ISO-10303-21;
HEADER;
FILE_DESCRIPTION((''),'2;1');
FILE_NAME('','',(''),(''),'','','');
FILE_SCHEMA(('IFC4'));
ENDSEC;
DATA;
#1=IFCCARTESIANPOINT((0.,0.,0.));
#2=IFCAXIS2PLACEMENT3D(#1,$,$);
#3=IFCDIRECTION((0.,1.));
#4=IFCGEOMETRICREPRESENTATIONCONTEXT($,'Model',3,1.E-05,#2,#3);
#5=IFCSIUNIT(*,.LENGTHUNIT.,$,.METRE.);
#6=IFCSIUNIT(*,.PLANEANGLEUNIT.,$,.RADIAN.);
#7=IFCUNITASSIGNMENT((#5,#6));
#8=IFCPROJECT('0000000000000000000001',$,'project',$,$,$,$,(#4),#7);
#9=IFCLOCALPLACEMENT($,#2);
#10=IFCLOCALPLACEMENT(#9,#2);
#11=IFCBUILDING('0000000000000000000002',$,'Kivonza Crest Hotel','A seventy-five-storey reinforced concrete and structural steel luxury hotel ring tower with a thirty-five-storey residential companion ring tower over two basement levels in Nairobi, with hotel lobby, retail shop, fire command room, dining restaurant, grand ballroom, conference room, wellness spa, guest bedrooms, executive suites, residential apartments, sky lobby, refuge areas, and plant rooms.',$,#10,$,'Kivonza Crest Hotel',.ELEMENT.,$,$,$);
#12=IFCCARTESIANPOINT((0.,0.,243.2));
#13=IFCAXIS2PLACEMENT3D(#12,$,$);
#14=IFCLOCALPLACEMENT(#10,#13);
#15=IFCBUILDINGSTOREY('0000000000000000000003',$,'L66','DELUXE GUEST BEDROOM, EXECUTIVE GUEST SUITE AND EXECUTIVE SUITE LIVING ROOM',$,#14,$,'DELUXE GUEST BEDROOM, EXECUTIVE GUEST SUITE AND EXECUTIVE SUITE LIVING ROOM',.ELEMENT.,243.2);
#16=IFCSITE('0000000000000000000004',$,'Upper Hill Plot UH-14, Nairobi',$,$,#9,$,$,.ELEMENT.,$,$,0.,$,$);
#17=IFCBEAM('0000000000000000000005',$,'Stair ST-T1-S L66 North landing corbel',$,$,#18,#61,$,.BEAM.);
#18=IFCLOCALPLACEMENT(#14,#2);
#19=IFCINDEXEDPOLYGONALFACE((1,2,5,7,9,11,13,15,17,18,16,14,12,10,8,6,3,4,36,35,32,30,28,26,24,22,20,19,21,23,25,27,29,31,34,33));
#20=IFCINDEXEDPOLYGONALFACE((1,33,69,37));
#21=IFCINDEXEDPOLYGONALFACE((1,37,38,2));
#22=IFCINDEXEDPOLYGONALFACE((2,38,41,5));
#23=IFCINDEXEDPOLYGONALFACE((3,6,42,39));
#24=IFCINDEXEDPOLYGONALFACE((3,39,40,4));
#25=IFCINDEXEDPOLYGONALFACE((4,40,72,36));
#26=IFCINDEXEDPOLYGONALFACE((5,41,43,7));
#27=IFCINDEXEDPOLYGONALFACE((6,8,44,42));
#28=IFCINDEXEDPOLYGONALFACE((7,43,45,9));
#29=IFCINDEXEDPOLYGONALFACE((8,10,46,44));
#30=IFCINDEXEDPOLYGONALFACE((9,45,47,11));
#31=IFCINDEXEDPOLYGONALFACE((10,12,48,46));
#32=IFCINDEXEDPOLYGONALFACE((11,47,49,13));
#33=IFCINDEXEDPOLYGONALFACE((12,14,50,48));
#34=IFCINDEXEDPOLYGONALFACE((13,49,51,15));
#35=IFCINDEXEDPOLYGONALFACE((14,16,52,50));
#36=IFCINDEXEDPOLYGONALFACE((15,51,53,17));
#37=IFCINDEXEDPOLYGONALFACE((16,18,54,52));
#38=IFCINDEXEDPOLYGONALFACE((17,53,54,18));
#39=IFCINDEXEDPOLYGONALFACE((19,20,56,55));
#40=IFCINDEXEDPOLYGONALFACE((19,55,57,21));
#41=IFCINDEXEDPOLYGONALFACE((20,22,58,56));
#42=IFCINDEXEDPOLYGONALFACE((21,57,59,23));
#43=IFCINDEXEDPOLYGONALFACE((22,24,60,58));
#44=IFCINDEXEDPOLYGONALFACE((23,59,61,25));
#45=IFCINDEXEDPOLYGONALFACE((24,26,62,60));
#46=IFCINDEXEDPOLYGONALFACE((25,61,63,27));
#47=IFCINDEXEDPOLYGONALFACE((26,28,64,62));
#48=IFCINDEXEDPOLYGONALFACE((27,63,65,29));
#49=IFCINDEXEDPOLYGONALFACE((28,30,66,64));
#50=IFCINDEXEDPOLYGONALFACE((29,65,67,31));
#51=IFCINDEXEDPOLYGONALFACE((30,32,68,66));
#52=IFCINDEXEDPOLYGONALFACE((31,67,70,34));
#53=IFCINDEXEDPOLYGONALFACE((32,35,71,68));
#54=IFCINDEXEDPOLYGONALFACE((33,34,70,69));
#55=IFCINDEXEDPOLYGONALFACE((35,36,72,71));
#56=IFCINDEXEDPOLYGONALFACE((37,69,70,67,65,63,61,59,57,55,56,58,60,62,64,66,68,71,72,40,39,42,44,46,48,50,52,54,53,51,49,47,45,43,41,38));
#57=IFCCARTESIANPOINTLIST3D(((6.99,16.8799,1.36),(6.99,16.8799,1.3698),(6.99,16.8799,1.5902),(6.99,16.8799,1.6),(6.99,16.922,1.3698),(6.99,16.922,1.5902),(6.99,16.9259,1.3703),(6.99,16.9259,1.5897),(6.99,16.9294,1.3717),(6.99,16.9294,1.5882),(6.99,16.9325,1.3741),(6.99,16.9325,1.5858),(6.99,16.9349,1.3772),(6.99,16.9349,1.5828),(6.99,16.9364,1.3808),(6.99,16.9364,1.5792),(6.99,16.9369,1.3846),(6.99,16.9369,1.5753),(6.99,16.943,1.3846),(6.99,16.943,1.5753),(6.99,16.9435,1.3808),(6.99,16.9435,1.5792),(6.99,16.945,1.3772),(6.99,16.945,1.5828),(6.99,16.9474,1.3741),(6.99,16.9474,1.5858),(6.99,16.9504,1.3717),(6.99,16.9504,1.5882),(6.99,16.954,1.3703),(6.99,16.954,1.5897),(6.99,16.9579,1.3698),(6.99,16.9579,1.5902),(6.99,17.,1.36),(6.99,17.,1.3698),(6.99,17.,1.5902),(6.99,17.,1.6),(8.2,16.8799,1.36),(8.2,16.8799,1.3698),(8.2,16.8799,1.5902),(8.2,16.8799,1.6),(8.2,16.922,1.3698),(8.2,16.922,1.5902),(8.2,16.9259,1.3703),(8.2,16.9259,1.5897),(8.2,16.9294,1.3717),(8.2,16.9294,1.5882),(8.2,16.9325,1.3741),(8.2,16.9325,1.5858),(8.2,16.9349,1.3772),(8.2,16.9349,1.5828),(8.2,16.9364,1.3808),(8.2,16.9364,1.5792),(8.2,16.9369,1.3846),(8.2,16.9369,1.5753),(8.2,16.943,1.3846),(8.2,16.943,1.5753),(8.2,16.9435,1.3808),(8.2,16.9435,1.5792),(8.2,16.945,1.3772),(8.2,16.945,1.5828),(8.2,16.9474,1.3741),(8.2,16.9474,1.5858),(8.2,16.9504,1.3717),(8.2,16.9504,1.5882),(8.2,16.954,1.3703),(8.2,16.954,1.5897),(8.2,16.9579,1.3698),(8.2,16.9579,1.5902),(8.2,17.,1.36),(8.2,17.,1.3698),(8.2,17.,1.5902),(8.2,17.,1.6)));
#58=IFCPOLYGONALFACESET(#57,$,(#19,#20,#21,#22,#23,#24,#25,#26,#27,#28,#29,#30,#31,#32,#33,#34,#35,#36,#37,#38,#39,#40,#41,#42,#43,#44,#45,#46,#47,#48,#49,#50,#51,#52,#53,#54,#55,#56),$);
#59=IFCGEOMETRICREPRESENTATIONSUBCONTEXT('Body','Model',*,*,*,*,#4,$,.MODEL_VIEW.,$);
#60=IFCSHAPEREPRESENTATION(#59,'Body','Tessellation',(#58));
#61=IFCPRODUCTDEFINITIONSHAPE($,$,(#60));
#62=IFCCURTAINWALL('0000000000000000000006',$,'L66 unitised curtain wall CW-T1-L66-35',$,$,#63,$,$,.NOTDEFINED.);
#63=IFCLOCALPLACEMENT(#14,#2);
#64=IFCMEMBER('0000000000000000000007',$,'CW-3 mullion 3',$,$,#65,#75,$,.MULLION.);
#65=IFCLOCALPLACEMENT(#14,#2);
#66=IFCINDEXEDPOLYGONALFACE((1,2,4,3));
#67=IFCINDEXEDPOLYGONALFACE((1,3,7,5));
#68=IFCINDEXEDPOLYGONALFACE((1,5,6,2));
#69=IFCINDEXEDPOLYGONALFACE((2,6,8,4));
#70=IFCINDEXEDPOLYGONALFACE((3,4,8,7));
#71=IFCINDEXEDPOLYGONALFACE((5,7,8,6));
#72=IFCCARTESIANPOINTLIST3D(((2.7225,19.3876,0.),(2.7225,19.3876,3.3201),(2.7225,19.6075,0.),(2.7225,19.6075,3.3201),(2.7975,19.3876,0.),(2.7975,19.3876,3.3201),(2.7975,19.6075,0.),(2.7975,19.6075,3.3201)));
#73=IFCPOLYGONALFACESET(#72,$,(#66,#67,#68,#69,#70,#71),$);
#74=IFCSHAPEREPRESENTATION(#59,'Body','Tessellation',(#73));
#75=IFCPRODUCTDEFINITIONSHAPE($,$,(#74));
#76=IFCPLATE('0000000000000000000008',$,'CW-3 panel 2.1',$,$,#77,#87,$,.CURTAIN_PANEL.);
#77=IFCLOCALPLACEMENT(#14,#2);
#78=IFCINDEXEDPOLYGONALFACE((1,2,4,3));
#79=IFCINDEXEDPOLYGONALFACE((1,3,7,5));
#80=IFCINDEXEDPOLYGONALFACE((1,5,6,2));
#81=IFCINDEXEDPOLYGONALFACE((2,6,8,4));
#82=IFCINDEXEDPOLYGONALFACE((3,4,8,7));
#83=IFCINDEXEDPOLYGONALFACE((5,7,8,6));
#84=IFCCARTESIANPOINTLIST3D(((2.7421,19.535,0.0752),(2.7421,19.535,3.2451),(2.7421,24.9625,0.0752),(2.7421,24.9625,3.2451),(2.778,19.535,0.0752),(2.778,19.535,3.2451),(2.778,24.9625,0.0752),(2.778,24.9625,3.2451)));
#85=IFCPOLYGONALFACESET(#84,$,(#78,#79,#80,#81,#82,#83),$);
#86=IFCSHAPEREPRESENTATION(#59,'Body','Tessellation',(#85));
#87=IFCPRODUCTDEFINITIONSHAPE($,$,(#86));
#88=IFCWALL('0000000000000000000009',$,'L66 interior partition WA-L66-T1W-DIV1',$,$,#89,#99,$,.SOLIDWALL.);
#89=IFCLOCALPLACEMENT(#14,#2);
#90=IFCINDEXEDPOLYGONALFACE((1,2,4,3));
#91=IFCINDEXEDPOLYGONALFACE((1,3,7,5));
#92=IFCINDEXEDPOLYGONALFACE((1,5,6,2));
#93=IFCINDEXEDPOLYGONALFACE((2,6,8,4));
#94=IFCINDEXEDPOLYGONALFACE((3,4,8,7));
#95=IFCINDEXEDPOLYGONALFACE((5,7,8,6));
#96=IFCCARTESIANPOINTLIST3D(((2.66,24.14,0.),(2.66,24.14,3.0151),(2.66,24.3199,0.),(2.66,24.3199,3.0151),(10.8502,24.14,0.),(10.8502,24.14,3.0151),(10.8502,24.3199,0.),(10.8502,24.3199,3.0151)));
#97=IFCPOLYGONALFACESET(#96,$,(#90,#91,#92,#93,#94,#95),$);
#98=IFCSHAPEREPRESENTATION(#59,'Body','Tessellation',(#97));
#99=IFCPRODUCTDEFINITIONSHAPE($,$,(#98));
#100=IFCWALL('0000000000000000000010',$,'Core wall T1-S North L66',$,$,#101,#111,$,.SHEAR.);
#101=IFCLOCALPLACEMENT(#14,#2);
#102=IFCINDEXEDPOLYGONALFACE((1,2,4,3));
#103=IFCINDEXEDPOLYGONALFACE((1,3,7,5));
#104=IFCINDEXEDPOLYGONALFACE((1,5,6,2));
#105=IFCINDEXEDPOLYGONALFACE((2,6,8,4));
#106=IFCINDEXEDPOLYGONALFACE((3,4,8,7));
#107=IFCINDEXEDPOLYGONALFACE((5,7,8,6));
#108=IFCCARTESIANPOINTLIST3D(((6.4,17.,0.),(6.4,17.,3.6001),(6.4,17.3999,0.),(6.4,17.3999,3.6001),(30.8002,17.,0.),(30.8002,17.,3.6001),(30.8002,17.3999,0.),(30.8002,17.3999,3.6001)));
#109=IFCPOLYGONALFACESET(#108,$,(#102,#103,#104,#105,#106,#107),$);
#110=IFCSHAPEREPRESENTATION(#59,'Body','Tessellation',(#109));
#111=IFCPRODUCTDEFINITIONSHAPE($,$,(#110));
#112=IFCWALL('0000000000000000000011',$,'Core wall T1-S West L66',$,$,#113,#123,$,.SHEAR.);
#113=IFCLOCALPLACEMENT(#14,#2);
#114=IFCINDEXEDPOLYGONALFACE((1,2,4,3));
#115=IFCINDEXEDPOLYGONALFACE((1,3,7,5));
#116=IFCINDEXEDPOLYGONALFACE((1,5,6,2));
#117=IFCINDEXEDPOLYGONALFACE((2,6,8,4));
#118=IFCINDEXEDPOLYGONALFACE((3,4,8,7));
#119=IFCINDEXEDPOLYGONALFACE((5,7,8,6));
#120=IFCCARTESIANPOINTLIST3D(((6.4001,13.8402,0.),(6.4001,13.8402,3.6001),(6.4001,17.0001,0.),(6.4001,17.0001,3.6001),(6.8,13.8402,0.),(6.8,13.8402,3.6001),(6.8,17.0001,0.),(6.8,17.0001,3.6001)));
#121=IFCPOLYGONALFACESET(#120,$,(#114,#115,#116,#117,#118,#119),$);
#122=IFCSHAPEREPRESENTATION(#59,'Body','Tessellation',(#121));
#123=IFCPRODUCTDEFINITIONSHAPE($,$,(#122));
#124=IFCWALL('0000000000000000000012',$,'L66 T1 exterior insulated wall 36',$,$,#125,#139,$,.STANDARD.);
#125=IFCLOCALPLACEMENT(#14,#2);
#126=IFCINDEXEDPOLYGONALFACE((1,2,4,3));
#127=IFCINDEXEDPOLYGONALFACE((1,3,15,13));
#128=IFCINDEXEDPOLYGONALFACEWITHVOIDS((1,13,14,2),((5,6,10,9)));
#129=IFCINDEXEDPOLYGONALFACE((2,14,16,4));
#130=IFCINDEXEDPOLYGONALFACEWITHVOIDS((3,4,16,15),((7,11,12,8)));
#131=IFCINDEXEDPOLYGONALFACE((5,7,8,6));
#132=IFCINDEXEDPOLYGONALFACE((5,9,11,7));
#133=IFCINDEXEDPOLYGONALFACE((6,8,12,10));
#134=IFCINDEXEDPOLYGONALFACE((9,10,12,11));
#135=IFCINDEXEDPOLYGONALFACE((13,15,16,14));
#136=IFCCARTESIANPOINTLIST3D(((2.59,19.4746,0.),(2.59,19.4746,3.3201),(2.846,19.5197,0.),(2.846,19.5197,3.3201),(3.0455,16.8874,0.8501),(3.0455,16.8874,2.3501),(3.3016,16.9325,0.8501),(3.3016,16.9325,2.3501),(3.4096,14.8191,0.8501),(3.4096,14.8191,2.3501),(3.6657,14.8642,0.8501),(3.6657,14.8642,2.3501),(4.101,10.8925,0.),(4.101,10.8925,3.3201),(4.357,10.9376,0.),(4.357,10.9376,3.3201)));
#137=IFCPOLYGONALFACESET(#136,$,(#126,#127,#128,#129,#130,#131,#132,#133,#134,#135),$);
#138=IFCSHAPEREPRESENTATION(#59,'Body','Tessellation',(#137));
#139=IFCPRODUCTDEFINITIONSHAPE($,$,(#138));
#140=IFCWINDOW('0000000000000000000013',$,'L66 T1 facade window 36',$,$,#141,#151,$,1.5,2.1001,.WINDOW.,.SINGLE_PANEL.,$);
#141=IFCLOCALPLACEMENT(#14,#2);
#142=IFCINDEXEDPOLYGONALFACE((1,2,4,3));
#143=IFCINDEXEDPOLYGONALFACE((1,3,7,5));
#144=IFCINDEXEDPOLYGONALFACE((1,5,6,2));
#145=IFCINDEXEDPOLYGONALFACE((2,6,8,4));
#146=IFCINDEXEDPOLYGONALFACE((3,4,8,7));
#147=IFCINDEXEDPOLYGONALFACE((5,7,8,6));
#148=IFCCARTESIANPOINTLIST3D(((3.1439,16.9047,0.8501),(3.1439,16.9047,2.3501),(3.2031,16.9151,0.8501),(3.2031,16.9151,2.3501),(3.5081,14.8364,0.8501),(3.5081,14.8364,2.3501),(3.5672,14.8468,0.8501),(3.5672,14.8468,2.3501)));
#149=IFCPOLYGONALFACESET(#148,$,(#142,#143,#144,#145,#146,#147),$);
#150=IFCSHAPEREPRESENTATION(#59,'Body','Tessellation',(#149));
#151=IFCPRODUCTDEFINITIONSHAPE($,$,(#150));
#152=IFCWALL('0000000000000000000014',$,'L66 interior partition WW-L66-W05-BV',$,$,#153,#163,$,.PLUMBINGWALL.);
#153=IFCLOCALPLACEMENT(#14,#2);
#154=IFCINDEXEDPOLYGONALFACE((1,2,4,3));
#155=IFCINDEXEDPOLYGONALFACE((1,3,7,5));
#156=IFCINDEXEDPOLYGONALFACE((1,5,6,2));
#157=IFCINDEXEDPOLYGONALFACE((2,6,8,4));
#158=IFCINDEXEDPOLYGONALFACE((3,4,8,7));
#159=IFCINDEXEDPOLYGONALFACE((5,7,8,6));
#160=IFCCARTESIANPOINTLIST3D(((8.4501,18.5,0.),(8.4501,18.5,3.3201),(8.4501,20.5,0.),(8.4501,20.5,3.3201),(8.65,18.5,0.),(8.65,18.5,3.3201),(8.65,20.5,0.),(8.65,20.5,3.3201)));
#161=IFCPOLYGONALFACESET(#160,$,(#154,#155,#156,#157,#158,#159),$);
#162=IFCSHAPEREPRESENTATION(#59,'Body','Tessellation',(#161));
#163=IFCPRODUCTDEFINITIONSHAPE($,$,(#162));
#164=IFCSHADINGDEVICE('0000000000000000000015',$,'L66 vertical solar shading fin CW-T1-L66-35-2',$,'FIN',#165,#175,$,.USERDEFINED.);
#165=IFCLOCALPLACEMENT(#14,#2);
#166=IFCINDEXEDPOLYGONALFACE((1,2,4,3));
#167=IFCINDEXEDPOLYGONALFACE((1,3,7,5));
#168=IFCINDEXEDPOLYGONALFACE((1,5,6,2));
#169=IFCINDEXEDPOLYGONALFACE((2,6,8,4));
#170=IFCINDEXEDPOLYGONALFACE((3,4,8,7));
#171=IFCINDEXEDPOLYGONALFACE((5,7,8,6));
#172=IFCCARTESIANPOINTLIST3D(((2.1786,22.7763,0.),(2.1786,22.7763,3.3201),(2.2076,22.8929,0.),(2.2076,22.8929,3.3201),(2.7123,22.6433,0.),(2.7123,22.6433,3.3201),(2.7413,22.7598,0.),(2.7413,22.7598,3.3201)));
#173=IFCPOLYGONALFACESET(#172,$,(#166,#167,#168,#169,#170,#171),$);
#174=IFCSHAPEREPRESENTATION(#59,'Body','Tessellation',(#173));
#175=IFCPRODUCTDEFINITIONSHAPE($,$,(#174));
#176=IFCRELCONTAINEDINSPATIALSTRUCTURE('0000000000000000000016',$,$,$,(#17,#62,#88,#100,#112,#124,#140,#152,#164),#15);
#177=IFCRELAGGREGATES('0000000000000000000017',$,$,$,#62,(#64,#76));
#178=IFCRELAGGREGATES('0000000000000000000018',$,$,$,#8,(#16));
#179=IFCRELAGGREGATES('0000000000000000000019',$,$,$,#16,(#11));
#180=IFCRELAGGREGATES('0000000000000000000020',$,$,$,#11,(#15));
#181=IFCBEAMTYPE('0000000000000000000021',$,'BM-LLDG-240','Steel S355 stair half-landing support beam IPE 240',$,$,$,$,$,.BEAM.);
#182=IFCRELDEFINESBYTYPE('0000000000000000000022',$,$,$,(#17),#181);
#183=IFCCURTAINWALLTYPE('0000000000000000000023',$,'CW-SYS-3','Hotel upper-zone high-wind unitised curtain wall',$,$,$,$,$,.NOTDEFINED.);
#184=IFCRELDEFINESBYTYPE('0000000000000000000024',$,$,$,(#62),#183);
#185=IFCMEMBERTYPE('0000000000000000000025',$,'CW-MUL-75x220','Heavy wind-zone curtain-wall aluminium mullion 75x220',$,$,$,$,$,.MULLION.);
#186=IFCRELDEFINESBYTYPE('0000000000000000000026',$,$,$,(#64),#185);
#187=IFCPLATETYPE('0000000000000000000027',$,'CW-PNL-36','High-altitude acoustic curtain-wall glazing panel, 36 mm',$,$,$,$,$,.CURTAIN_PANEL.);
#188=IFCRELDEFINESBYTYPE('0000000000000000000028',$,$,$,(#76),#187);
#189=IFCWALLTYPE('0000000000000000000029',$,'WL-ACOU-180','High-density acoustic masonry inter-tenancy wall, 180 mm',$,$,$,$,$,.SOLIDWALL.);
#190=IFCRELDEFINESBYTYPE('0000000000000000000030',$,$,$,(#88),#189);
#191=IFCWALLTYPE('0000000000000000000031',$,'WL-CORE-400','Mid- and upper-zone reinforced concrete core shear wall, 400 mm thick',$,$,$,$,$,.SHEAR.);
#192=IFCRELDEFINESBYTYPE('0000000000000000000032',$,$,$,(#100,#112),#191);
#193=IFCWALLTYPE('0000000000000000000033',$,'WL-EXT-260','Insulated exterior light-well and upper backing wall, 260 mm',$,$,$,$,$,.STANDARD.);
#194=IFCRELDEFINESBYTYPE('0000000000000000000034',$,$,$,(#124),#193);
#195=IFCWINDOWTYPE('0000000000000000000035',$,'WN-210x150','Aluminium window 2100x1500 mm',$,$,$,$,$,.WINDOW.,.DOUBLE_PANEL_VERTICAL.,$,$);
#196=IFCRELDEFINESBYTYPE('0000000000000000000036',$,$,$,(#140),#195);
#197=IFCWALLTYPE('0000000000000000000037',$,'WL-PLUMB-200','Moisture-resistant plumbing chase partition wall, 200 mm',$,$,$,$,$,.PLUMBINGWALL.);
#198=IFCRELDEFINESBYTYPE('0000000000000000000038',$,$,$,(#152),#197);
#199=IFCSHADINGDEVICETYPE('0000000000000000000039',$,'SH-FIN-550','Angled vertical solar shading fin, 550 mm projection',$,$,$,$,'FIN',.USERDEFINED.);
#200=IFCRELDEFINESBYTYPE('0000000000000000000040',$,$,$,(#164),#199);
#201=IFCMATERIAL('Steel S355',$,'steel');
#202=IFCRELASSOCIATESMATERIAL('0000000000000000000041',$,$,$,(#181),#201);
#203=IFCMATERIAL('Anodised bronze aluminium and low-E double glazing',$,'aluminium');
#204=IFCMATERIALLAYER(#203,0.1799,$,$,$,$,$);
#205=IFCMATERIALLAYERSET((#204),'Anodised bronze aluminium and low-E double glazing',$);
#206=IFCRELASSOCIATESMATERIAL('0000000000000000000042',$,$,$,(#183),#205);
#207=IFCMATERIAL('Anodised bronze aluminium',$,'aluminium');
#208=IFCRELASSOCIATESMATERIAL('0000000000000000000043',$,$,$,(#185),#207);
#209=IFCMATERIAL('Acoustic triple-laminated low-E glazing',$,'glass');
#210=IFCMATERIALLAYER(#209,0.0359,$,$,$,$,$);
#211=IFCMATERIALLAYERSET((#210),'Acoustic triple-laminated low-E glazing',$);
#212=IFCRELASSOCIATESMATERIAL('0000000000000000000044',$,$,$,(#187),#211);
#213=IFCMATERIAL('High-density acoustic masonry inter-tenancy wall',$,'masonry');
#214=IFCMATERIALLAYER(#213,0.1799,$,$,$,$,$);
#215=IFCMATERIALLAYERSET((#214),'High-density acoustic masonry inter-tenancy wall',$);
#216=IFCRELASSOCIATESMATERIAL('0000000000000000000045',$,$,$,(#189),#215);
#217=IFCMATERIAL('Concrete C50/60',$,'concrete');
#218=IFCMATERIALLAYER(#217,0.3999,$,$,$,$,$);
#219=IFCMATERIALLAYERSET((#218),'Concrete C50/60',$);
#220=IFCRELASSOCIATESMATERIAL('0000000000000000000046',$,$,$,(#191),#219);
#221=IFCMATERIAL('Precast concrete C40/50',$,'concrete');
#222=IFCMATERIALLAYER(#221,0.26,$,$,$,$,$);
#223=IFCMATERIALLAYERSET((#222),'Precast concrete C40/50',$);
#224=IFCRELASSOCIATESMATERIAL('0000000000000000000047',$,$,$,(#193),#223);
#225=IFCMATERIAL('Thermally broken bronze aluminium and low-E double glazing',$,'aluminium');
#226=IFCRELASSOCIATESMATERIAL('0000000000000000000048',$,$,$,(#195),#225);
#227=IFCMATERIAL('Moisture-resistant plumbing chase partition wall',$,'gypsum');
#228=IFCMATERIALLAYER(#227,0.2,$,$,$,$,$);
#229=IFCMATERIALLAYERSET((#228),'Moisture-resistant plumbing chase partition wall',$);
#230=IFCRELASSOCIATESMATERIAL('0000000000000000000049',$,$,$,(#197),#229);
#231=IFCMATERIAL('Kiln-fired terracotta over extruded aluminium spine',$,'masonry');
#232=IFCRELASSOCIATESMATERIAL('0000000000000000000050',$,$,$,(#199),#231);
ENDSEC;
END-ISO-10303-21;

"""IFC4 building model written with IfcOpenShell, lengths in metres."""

from ifc_helpers import new_model, si_unit, direction, frame, frame_2d, origin, origin_2d, place, context, subcontext, project, spatial, rectangle, i_section, extrude, material, layer, layer_set, material_profile, profile_set, type_object, element, fill, aggregate, save


model = new_model("IFC4")

# Units and contexts
model_context = context("Model", 3, precision=1e-05, world=origin(), true_north=direction((0.0, 1.0)))
body_context = subcontext(model_context, "Body", "Model", "MODEL_VIEW")
ifc_project = project(units=[si_unit("LENGTHUNIT", "METRE"), si_unit("PLANEANGLEUNIT", "RADIAN")], contexts=[model_context])

# Site, building, storey
site_placement = place(None, origin())
site = spatial("IfcSite", under=ifc_project, at=site_placement, Name="Upper Hill Plot UH-14, Nairobi", CompositionType="ELEMENT", RefElevation=0.0)
building_placement = place(site_placement, origin())
building = spatial("IfcBuilding", under=site, at=building_placement, Name="Kivonza Crest Hotel", Description="A seventy-five-storey reinforced concrete and structural steel luxury hotel ring tower with a thirty-five-storey residential companion ring tower over two basement levels in Nairobi, with hotel lobby, retail shop, fire command room, dining restaurant, grand ballroom, conference room, wellness spa, guest bedrooms, executive suites, residential apartments, sky lobby, refuge areas, and plant rooms.", LongName="Kivonza Crest Hotel", CompositionType="ELEMENT")
storey_placement = place(building_placement, frame((0.0, 0.0, 243.2)))
storey = spatial("IfcBuildingStorey", under=building, at=storey_placement, Name="L66", Description="DELUXE GUEST BEDROOM, EXECUTIVE GUEST SUITE AND EXECUTIVE SUITE LIVING ROOM", LongName="DELUXE GUEST BEDROOM, EXECUTIVE GUEST SUITE AND EXECUTIVE SUITE LIVING ROOM", CompositionType="ELEMENT", Elevation=243.2)

# Shared definitions
ifc_material_1 = material(Name="Concrete C50/60", Category="concrete")

# Beam
ifc_material_2 = material(Name="Steel S355", Category="steel")
ifc_material_profile_1 = material_profile(ifc_material_2, i_section(OverallWidth=0.1201, OverallDepth=0.24, WebThickness=0.0061, FlangeThickness=0.0098, FilletRadius=0.0149, at=origin_2d()), Name="IPE 240")
ifc_profile_set_1 = profile_set([ifc_material_profile_1], Name="Steel S355")
beam_type_1 = type_object("IfcBeamType", Name="BM-LLDG-240", Description="Steel S355 stair half-landing support beam IPE 240", PredefinedType="BEAM", material=ifc_profile_set_1)
for number, where, z_axis, x_axis, name in (
    (1, (6.99, 16.9399, 1.48), (1.0, 0.0, 0.0), (0.0, 1.0, 0.0), "Stair ST-T1-S L66 North landing corbel"),
):
    element("IfcBeam", number, at=place(storey_placement, frame(where, z_axis=z_axis, x_axis=x_axis)), inside=storey, type_object=beam_type_1, Name=name, PredefinedType="BEAM", context=body_context, shape_type="SweptSolid", body=[
        extrude(i_section(OverallWidth=0.1201, OverallDepth=0.24, WebThickness=0.0061, FlangeThickness=0.0098, FilletRadius=0.0149, at=origin_2d()), origin(), (0.0, 0.0, 1.0), 1.21),
    ])

# Curtain wall, member, plate
ifc_material_3 = material(Name="Anodised bronze aluminium and low-E double glazing", Category="aluminium")
ifc_layer_1 = layer(ifc_material_3, 0.1799)
ifc_layer_set_1 = layer_set([ifc_layer_1], Name="Anodised bronze aluminium and low-E double glazing")
curtain_wall_type = type_object("IfcCurtainWallType", Name="CW-SYS-3", Description="Hotel upper-zone high-wind unitised curtain wall", PredefinedType="NOTDEFINED", material=ifc_layer_set_1)
curtain_wall_placement = place(storey_placement, origin())
curtain_wall = element("IfcCurtainWall", 2, at=curtain_wall_placement, inside=storey, type_object=curtain_wall_type, Name="L66 unitised curtain wall CW-T1-L66-35", PredefinedType="NOTDEFINED")
ifc_material_4 = material(Name="Anodised bronze aluminium", Category="aluminium")
ifc_material_profile_2 = material_profile(ifc_material_4, rectangle(XDim=0.075, YDim=0.22, at=origin_2d()), Name="CW-M 75x220")
ifc_profile_set_2 = profile_set([ifc_material_profile_2], Name="Anodised bronze aluminium")
member_type = type_object("IfcMemberType", Name="CW-MUL-75x220", Description="Heavy wind-zone curtain-wall aluminium mullion 75x220", PredefinedType="MULLION", material=ifc_profile_set_2)
member_placement = place(storey_placement, frame((2.76, 19.4976, 0.0), z_axis=(0.0, 0.0, 1.0), x_axis=(1.0, 0.0, 0.0)))
member = element("IfcMember", 3, at=member_placement, type_object=member_type, Name="CW-3 mullion 3", PredefinedType="MULLION", context=body_context, shape_type="SweptSolid", body=[
    extrude(rectangle(XDim=0.075, YDim=0.22, at=origin_2d()), origin(), (0.0, 0.0, 1.0), 3.3201),
])
ifc_material_5 = material(Name="Acoustic triple-laminated low-E glazing", Category="glass")
ifc_layer_2 = layer(ifc_material_5, 0.0359)
ifc_layer_set_2 = layer_set([ifc_layer_2], Name="Acoustic triple-laminated low-E glazing")
plate_type = type_object("IfcPlateType", Name="CW-PNL-36", Description="High-altitude acoustic curtain-wall glazing panel, 36 mm", PredefinedType="CURTAIN_PANEL", material=ifc_layer_set_2)
plate_placement = place(storey_placement, frame((2.76, 22.2488, 0.0752), z_axis=(0.0, 0.0, 1.0), x_axis=(0.0, -1.0, 0.0)))
plate = element("IfcPlate", 4, at=plate_placement, type_object=plate_type, Name="CW-3 panel 2.1", PredefinedType="CURTAIN_PANEL", context=body_context, shape_type="SweptSolid", body=[
    extrude(rectangle(XDim=5.4275, YDim=0.0359, at=origin_2d()), origin(), (0.0, 0.0, 1.0), 3.1699),
])
aggregate(curtain_wall, [member, plate])

# Wall
ifc_material_6 = material(Name="High-density acoustic masonry inter-tenancy wall", Category="masonry")
ifc_layer_3 = layer(ifc_material_6, 0.1799)
ifc_layer_set_3 = layer_set([ifc_layer_3], Name="High-density acoustic masonry inter-tenancy wall")
wall_type_1 = type_object("IfcWallType", Name="WL-ACOU-180", Description="High-density acoustic masonry inter-tenancy wall, 180 mm", PredefinedType="SOLIDWALL", material=ifc_layer_set_3)
wall_1_placement = place(storey_placement, frame((2.6599, 24.23, 0.0), z_axis=(0.0, 0.0, 1.0), x_axis=(1.0, 0.0, 0.0)))
element("IfcWall", 5, at=wall_1_placement, inside=storey, type_object=wall_type_1, Name="L66 interior partition WA-L66-T1W-DIV1", PredefinedType="SOLIDWALL", context=body_context, shape_type="SweptSolid", body=[
    extrude(rectangle(XDim=8.1902, YDim=0.1799, at=frame_2d((4.0952, 0.0))), origin(), (0.0, 0.0, 1.0), 3.0151),
])

# Shared definitions
ifc_layer_4 = layer(ifc_material_1, 0.3999)
ifc_layer_set_4 = layer_set([ifc_layer_4], Name="Concrete C50/60")
wall_type_2 = type_object("IfcWallType", Name="WL-CORE-400", Description="Mid- and upper-zone reinforced concrete core shear wall, 400 mm thick", PredefinedType="SHEAR", material=ifc_layer_set_4)

# Walls
wall_2_placement = place(storey_placement, frame((6.3999, 17.2, 0.0), z_axis=(0.0, 0.0, 1.0), x_axis=(1.0, 0.0, 0.0)))
element("IfcWall", 6, at=wall_2_placement, inside=storey, type_object=wall_type_2, Name="Core wall T1-S North L66", PredefinedType="SHEAR", context=body_context, shape_type="SweptSolid", body=[
    extrude(rectangle(XDim=24.4001, YDim=0.3999, at=frame_2d((12.2002, 0.0))), origin(), (0.0, 0.0, 1.0), 3.6001),
])
wall_3_placement = place(storey_placement, frame((6.6001, 13.8401, 0.0), z_axis=(0.0, 0.0, 1.0), x_axis=(0.0, 1.0, 0.0)))
element("IfcWall", 7, at=wall_3_placement, inside=storey, type_object=wall_type_2, Name="Core wall T1-S West L66", PredefinedType="SHEAR", context=body_context, shape_type="SweptSolid", body=[
    extrude(rectangle(XDim=3.1599, YDim=0.3999, at=frame_2d((1.5801, 0.0))), origin(), (0.0, 0.0, 1.0), 3.6001),
])

# Wall, opening, window
ifc_material_7 = material(Name="Precast concrete C40/50", Category="concrete")
ifc_layer_5 = layer(ifc_material_7, 0.26)
ifc_layer_set_5 = layer_set([ifc_layer_5], Name="Precast concrete C40/50")
wall_type_3 = type_object("IfcWallType", Name="WL-EXT-260", Description="Insulated exterior light-well and upper backing wall, 260 mm", PredefinedType="STANDARD", material=ifc_layer_set_5)
wall_4_placement = place(storey_placement, frame((2.718, 19.4971, 0.0), z_axis=(0.0, 0.0, 1.0), x_axis=(0.173397, -0.984852, 0.0)))
wall_4 = element("IfcWall", 8, at=wall_4_placement, inside=storey, type_object=wall_type_3, Name="L66 T1 exterior insulated wall 36", PredefinedType="STANDARD", context=body_context, shape_type="SweptSolid", body=[
    extrude(rectangle(XDim=8.7141, YDim=0.26, at=frame_2d((4.3569, 0.0))), origin(), (0.0, 0.0, 1.0), 3.3201),
])
opening_1_placement = place(wall_4_placement, frame((2.627, 0.0, 0.8501)))
opening_1 = element("IfcOpeningElement", 9, at=opening_1_placement, cuts=wall_4, PredefinedType="OPENING", context=body_context, shape_type="SweptSolid", body=[
    extrude(rectangle(XDim=2.1001, YDim=1.5, at=frame_2d((1.05, 0.75))), frame((0.0, 0.1401, 0.0), z_axis=(0.0, -1.0, 0.0), x_axis=(1.0, 0.0, 0.0)), (0.0, 0.0, 1.0), 0.28),
])
ifc_material_8 = material(Name="Thermally broken bronze aluminium and low-E double glazing", Category="aluminium")
window_type = type_object("IfcWindowType", Name="WN-210x150", Description="Aluminium window 2100x1500 mm", PartitioningType="DOUBLE_PANEL_VERTICAL", PredefinedType="WINDOW", material=ifc_material_8)
window_placement = place(opening_1_placement, origin())
window = element("IfcWindow", 10, at=window_placement, inside=storey, type_object=window_type, Name="L66 T1 facade window 36", OverallHeight=1.5, OverallWidth=2.1001, PartitioningType="SINGLE_PANEL", PredefinedType="WINDOW", context=body_context, shape_type="SweptSolid", body=[
    extrude(rectangle(XDim=2.1001, YDim=1.5, at=frame_2d((1.05, 0.75))), frame((0.0, 0.03, 0.0), z_axis=(0.0, -1.0, 0.0), x_axis=(1.0, 0.0, 0.0)), (0.0, 0.0, 1.0), 0.0601),
])
fill(opening_1, window)

# Wall
ifc_material_9 = material(Name="Moisture-resistant plumbing chase partition wall", Category="gypsum")
ifc_layer_6 = layer(ifc_material_9, 0.2)
ifc_layer_set_6 = layer_set([ifc_layer_6], Name="Moisture-resistant plumbing chase partition wall")
wall_type_4 = type_object("IfcWallType", Name="WL-PLUMB-200", Description="Moisture-resistant plumbing chase partition wall, 200 mm", PredefinedType="PLUMBINGWALL", material=ifc_layer_set_6)
wall_5_placement = place(storey_placement, frame((8.55, 18.5, 0.0), z_axis=(0.0, 0.0, 1.0), x_axis=(0.0, 1.0, 0.0)))
element("IfcWall", 11, at=wall_5_placement, inside=storey, type_object=wall_type_4, Name="L66 interior partition WW-L66-W05-BV", PredefinedType="PLUMBINGWALL", context=body_context, shape_type="SweptSolid", body=[
    extrude(rectangle(XDim=2.0, YDim=0.2, at=frame_2d((1.0, 0.0))), origin(), (0.0, 0.0, 1.0), 3.3201),
])

# Shading device
ifc_material_10 = material(Name="Kiln-fired terracotta over extruded aluminium spine", Category="masonry")
shading_device_type = type_object("IfcShadingDeviceType", Name="SH-FIN-550", Description="Angled vertical solar shading fin, 550 mm projection", ElementType="FIN", PredefinedType="USERDEFINED", material=ifc_material_10)
shading_device_placement = place(storey_placement, frame((2.46, 22.7681, 0.0), z_axis=(0.0, 0.0, 1.0), x_axis=(-0.241922, -0.970296, 0.0)))
element("IfcShadingDevice", 12, at=shading_device_placement, inside=storey, type_object=shading_device_type, Name="L66 vertical solar shading fin CW-T1-L66-35-2", ObjectType="FIN", PredefinedType="USERDEFINED", context=body_context, shape_type="SweptSolid", body=[
    extrude(rectangle(XDim=0.1201, YDim=0.55, at=origin_2d()), origin(), (0.0, 0.0, 1.0), 3.3201),
])

save(model, "model.ifc")
